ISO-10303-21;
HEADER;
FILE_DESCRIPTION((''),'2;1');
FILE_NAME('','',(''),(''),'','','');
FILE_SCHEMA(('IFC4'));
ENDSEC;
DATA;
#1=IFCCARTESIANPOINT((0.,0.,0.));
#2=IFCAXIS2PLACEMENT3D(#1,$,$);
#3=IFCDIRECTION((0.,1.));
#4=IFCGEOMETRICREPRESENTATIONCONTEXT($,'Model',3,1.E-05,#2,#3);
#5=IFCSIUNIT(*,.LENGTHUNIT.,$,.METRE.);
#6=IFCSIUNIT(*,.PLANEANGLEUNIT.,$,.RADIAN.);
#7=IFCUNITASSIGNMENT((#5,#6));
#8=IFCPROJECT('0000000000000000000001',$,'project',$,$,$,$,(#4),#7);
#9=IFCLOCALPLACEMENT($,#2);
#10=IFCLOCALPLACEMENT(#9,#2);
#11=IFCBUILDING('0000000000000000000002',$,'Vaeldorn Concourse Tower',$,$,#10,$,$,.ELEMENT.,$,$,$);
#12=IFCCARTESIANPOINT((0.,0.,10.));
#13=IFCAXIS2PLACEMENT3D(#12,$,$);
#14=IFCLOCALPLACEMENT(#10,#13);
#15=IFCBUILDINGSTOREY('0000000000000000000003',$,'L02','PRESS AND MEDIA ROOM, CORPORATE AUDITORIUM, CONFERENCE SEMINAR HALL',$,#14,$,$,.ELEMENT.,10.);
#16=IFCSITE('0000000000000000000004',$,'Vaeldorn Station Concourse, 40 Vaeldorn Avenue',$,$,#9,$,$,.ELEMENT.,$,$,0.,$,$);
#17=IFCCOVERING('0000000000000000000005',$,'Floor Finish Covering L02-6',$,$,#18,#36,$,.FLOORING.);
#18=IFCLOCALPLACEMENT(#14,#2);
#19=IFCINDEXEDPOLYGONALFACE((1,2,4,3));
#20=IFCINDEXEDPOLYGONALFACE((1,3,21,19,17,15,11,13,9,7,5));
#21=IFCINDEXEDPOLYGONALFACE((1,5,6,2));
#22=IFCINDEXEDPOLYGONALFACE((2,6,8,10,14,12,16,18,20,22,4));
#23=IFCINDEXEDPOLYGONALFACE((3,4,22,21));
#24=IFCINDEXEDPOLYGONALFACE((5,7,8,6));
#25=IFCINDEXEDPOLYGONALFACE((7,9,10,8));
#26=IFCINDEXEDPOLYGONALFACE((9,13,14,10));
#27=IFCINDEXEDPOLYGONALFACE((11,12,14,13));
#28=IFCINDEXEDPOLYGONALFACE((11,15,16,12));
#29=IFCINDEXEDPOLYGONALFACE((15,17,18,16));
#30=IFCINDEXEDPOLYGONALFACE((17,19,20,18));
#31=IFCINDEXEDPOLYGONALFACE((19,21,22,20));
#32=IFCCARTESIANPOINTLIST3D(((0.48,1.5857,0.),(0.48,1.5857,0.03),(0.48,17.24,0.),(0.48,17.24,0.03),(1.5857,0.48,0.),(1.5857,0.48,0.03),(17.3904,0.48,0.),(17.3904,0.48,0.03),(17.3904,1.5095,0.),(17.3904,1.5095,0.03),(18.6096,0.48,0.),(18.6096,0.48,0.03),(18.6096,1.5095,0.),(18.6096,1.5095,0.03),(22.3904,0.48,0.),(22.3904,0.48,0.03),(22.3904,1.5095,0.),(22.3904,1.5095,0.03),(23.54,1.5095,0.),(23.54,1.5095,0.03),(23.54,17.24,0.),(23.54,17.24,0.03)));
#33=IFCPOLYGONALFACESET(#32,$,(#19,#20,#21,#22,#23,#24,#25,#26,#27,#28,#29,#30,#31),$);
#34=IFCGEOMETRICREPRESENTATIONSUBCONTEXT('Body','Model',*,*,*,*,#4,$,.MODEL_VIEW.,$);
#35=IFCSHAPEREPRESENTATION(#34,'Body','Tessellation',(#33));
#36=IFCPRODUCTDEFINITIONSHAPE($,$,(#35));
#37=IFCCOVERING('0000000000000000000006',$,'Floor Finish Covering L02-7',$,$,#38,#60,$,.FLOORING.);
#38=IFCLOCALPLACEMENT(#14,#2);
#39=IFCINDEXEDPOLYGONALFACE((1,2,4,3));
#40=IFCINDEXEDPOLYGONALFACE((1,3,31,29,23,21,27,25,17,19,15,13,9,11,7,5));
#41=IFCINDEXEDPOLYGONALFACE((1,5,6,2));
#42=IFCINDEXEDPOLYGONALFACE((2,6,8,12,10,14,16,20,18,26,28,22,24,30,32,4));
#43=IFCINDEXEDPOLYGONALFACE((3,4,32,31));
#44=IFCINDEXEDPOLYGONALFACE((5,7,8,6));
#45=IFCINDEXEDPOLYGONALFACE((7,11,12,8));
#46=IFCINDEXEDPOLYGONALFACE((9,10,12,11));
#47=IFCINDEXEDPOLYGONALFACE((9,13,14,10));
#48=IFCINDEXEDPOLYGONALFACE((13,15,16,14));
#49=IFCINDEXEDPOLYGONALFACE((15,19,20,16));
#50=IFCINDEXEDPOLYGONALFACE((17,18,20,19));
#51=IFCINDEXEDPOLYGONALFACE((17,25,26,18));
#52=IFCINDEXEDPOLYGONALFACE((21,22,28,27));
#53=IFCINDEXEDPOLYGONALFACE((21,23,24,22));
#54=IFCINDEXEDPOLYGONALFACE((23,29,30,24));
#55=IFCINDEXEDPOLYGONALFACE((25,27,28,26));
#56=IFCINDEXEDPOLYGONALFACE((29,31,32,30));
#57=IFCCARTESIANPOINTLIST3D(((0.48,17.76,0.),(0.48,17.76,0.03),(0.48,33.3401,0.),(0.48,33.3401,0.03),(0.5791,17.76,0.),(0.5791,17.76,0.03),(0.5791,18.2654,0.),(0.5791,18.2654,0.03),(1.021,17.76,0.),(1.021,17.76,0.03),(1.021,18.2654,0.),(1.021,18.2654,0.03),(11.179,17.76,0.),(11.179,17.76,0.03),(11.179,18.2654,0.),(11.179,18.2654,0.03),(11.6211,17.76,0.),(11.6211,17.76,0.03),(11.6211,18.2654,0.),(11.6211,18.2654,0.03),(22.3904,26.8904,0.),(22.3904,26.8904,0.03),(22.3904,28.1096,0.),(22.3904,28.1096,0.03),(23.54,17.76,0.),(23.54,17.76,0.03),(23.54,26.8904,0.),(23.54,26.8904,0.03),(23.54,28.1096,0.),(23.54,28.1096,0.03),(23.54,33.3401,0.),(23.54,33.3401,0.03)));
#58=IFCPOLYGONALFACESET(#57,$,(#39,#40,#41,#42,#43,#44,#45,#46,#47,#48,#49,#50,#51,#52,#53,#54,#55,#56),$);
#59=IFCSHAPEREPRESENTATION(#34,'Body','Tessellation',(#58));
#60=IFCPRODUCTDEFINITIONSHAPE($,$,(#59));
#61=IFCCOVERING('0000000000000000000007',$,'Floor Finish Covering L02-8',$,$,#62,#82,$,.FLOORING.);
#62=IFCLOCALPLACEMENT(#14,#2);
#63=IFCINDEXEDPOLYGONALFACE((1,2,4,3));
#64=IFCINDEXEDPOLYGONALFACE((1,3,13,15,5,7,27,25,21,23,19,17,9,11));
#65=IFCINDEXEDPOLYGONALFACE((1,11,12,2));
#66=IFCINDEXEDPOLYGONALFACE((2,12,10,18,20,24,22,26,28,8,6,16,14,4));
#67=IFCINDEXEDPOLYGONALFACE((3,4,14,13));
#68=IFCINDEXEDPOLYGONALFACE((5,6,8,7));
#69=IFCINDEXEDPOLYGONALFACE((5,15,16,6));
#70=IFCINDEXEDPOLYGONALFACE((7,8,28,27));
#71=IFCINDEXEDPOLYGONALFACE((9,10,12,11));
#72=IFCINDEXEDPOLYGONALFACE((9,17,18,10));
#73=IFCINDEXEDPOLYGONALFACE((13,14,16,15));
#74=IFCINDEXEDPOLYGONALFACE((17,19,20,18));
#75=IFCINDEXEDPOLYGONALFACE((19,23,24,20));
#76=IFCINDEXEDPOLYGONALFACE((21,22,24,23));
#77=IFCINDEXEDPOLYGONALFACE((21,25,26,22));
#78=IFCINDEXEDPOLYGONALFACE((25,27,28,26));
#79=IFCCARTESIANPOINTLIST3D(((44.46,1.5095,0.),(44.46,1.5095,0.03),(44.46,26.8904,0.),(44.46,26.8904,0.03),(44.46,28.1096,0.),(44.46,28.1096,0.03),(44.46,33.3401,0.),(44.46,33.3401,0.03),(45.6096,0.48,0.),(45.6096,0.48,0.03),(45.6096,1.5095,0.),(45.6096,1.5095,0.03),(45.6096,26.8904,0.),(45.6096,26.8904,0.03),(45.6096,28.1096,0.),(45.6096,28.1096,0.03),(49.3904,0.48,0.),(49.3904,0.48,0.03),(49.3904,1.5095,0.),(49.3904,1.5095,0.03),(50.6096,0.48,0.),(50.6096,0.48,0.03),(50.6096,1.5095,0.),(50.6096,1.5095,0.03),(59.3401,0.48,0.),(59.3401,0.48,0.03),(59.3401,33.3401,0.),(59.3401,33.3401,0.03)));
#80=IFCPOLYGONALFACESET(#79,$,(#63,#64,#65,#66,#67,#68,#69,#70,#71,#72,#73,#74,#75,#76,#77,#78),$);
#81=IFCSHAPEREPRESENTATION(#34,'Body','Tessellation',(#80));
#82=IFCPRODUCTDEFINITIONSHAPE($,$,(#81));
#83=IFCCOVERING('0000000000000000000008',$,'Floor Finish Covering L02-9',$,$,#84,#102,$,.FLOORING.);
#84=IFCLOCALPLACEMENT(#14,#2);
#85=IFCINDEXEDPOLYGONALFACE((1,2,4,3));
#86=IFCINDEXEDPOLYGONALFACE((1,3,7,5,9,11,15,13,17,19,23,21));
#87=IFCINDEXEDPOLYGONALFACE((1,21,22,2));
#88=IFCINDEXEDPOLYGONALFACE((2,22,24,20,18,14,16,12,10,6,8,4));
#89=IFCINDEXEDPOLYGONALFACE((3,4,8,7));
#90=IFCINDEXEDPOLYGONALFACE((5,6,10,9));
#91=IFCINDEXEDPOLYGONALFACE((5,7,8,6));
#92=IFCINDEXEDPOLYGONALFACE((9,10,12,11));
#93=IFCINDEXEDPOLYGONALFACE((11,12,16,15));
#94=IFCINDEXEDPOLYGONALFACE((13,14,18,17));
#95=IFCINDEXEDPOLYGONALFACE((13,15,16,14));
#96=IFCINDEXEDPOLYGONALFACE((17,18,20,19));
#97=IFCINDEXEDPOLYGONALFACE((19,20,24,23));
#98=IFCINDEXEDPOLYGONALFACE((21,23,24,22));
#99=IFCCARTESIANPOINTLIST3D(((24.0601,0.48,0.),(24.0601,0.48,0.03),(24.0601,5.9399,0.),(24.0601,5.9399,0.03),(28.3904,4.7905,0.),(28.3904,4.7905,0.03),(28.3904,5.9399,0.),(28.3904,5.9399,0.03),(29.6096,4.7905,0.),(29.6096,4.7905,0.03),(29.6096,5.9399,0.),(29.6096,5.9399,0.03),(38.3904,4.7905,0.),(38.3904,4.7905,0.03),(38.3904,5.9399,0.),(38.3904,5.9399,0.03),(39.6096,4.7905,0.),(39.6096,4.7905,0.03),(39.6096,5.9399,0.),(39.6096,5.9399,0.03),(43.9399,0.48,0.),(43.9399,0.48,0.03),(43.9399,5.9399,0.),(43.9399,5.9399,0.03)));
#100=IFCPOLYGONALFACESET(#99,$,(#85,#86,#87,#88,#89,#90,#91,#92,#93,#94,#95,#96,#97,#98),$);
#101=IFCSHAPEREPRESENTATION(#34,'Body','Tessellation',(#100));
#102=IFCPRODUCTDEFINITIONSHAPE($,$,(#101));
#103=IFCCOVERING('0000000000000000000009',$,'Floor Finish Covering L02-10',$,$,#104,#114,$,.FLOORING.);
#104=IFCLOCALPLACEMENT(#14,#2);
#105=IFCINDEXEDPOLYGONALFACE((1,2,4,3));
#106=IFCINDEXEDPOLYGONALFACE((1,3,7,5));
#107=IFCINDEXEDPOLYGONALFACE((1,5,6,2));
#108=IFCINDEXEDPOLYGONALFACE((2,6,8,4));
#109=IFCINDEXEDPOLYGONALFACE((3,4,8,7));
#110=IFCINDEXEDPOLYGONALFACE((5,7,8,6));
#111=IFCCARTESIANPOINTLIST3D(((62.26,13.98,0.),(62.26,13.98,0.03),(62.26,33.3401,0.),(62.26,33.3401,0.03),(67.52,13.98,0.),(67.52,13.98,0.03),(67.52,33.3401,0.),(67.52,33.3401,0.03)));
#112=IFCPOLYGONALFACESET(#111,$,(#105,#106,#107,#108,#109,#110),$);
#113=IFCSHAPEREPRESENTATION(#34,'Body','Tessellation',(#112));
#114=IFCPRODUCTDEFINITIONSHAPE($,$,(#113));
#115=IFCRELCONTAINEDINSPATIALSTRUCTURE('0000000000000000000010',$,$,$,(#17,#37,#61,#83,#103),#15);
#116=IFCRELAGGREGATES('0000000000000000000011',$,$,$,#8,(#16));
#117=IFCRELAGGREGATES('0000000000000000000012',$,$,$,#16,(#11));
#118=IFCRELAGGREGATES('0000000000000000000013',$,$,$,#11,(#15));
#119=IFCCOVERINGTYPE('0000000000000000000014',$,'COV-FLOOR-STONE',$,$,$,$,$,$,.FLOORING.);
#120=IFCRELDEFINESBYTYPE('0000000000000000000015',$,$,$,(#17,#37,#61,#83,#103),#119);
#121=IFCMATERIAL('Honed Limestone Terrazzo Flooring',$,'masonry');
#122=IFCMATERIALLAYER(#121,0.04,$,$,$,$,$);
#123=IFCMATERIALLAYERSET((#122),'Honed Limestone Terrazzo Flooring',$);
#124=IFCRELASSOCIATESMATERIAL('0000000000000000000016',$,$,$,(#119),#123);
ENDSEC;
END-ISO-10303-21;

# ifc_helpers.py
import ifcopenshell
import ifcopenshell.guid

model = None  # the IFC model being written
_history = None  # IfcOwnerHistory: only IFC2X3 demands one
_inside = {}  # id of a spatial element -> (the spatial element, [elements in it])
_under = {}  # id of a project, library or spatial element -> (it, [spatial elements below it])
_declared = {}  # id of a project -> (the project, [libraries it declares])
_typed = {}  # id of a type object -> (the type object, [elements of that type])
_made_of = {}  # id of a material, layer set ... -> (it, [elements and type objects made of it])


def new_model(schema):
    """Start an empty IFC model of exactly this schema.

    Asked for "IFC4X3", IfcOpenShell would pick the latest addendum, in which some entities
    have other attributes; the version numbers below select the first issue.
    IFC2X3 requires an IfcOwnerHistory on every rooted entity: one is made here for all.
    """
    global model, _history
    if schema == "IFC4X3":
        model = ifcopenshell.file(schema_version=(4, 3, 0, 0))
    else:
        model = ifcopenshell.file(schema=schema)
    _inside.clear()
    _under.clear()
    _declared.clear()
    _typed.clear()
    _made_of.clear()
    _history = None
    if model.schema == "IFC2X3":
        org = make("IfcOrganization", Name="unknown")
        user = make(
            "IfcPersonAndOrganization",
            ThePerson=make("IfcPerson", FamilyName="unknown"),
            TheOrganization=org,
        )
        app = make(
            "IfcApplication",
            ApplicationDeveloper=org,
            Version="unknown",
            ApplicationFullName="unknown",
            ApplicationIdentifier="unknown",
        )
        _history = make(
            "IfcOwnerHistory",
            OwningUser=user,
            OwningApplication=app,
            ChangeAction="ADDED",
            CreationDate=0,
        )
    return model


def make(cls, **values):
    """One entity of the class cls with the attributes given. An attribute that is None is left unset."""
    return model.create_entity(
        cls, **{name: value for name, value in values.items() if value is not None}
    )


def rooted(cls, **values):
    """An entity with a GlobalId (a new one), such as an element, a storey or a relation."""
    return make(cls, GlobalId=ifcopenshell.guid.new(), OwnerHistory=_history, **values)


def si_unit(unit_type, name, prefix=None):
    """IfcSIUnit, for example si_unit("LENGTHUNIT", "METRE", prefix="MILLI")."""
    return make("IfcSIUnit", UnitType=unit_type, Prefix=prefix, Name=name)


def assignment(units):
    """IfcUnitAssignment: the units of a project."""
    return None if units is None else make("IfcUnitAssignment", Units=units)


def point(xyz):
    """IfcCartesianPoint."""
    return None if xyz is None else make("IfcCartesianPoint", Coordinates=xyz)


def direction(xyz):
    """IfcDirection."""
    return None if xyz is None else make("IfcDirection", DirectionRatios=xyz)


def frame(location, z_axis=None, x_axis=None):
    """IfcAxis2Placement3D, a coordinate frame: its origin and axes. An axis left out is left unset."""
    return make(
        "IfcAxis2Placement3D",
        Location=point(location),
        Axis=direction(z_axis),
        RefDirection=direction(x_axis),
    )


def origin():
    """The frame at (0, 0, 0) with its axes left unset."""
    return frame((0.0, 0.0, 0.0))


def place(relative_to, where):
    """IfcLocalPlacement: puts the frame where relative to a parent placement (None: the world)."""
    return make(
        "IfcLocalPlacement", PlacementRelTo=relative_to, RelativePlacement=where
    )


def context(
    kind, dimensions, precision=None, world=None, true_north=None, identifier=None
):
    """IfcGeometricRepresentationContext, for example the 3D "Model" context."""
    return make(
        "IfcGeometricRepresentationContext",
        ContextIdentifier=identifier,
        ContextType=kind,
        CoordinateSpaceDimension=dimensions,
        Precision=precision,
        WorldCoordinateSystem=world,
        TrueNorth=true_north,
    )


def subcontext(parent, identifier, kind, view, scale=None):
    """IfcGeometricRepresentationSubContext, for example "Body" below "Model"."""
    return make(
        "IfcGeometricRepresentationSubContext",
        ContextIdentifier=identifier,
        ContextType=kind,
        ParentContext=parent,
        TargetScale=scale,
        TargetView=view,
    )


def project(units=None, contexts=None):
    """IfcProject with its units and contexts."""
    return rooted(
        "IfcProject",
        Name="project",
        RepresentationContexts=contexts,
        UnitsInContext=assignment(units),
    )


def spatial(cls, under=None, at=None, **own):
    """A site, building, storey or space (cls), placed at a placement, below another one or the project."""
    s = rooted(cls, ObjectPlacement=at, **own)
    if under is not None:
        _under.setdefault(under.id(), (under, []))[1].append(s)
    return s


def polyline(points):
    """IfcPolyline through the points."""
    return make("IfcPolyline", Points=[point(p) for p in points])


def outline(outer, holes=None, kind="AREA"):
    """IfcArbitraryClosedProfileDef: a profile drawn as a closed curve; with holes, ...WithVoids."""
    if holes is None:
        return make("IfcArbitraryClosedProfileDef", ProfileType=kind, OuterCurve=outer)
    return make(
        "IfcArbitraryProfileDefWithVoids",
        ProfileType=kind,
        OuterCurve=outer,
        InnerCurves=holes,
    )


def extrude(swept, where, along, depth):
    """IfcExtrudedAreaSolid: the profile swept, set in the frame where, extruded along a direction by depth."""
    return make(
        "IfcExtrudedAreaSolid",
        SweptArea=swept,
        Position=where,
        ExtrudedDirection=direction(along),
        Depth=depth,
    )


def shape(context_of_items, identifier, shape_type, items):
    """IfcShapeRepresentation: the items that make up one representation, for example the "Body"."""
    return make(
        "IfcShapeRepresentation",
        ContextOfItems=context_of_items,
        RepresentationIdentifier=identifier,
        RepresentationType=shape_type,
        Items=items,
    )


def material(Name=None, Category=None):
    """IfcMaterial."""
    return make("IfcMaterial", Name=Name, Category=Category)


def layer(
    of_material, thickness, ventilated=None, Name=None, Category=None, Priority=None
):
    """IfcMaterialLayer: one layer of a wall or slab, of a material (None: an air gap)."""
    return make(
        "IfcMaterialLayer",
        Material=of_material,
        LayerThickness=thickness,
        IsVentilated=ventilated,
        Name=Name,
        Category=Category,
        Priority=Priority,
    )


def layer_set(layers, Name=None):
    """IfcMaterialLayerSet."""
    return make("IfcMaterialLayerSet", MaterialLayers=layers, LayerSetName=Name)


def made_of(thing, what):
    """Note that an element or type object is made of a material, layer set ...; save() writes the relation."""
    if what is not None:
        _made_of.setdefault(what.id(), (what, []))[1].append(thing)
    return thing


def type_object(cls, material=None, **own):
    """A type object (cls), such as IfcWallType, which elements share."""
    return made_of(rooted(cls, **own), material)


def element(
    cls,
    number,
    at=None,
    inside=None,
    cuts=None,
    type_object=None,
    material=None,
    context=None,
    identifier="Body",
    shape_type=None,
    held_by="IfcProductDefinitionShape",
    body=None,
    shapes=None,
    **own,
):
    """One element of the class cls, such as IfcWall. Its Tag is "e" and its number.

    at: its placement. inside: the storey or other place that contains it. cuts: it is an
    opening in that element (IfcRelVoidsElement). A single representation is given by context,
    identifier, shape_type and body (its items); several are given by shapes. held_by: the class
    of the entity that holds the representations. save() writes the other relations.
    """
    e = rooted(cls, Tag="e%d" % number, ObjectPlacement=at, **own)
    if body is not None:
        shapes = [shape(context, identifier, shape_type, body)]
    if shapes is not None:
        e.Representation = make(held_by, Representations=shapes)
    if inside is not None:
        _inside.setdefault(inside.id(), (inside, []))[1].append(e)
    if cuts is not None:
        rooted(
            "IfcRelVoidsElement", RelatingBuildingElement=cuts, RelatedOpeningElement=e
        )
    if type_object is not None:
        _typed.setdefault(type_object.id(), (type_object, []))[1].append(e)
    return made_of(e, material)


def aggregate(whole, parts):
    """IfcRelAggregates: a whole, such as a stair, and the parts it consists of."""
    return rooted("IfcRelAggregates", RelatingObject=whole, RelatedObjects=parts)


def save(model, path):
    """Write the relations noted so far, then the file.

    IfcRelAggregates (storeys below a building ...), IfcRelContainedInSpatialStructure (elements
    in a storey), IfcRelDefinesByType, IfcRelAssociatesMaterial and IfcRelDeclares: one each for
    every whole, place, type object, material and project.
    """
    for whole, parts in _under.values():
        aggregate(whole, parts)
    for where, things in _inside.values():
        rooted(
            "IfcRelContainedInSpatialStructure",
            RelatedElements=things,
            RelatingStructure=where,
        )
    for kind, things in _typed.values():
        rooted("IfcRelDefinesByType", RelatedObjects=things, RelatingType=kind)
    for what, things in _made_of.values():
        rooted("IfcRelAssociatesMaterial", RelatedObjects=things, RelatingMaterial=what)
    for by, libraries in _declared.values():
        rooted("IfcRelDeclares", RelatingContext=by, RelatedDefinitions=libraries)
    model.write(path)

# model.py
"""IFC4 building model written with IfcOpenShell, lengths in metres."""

from ifc_helpers import new_model, si_unit, direction, frame, origin, place, context, subcontext, project, spatial, polyline, outline, extrude, material, layer, layer_set, type_object, element, save


model = new_model("IFC4")

# Units and contexts
model_context = context("Model", 3, precision=1e-05, world=origin(), true_north=direction((0.0, 1.0)))
body_context = subcontext(model_context, "Body", "Model", "MODEL_VIEW")
ifc_project = project(units=[si_unit("LENGTHUNIT", "METRE"), si_unit("PLANEANGLEUNIT", "RADIAN")], contexts=[model_context])

# Site, building, storey
site_placement = place(None, origin())
site = spatial("IfcSite", under=ifc_project, at=site_placement, Name="Vaeldorn Station Concourse, 40 Vaeldorn Avenue", CompositionType="ELEMENT", RefElevation=0.0)
building_placement = place(site_placement, origin())
building = spatial("IfcBuilding", under=site, at=building_placement, Name="Vaeldorn Concourse Tower", CompositionType="ELEMENT")
storey_placement = place(building_placement, frame((0.0, 0.0, 10.0)))
storey = spatial("IfcBuildingStorey", under=building, at=storey_placement, Name="L02", Description="PRESS AND MEDIA ROOM, CORPORATE AUDITORIUM, CONFERENCE SEMINAR HALL", CompositionType="ELEMENT", Elevation=10.0)

# Coverings
ifc_material_1 = material(Name="Honed Limestone Terrazzo Flooring", Category="masonry")
ifc_layer_1 = layer(ifc_material_1, 0.04)
ifc_layer_set_1 = layer_set([ifc_layer_1], Name="Honed Limestone Terrazzo Flooring")
covering_type_1 = type_object("IfcCoveringType", Name="COV-FLOOR-STONE", PredefinedType="FLOORING", material=ifc_layer_set_1)
covering_1_placement = place(storey_placement, origin())
element("IfcCovering", 1, at=covering_1_placement, inside=storey, type_object=covering_type_1, Name="Floor Finish Covering L02-6", PredefinedType="FLOORING", context=body_context, shape_type="SweptSolid", body=[
    extrude(outline(polyline([(0.48, 17.24), (23.54, 17.24), (23.54, 1.5095), (22.3904, 1.5095), (22.3904, 0.48), (18.6096, 0.48), (18.6096, 1.5095), (17.3904, 1.5095), (17.3904, 0.48), (1.5857, 0.48), (0.48, 1.5857), (0.48, 17.24)])), origin(), (0.0, 0.0, 1.0), 0.03),
])
covering_2_placement = place(storey_placement, origin())
element("IfcCovering", 2, at=covering_2_placement, inside=storey, type_object=covering_type_1, Name="Floor Finish Covering L02-7", PredefinedType="FLOORING", context=body_context, shape_type="SweptSolid", body=[
    extrude(outline(polyline([(0.48, 33.3401), (23.54, 33.3401), (23.54, 28.1096), (22.3904, 28.1096), (22.3904, 26.8904), (23.54, 26.8904), (23.54, 17.76), (11.6211, 17.76), (11.6211, 18.2654), (11.179, 18.2654), (11.179, 17.76), (1.021, 17.76), (1.021, 18.2654), (0.5791, 18.2654), (0.5791, 17.76), (0.48, 17.76), (0.48, 33.3401)])), origin(), (0.0, 0.0, 1.0), 0.03),
])
covering_3_placement = place(storey_placement, origin())
element("IfcCovering", 3, at=covering_3_placement, inside=storey, type_object=covering_type_1, Name="Floor Finish Covering L02-8", PredefinedType="FLOORING", context=body_context, shape_type="SweptSolid", body=[
    extrude(outline(polyline([(44.46, 26.8904), (45.6096, 26.8904), (45.6096, 28.1096), (44.46, 28.1096), (44.46, 33.3401), (59.3401, 33.3401), (59.3401, 0.48), (50.6096, 0.48), (50.6096, 1.5095), (49.3904, 1.5095), (49.3904, 0.48), (45.6096, 0.48), (45.6096, 1.5095), (44.46, 1.5095), (44.46, 26.8904)])), origin(), (0.0, 0.0, 1.0), 0.03),
])
covering_4_placement = place(storey_placement, origin())
element("IfcCovering", 4, at=covering_4_placement, inside=storey, type_object=covering_type_1, Name="Floor Finish Covering L02-9", PredefinedType="FLOORING", context=body_context, shape_type="SweptSolid", body=[
    extrude(outline(polyline([(24.0601, 5.9399), (28.3904, 5.9399), (28.3904, 4.7905), (29.6096, 4.7905), (29.6096, 5.9399), (38.3904, 5.9399), (38.3904, 4.7905), (39.6096, 4.7905), (39.6096, 5.9399), (43.9399, 5.9399), (43.9399, 0.48), (24.0601, 0.48), (24.0601, 5.9399)])), origin(), (0.0, 0.0, 1.0), 0.03),
])
covering_5_placement = place(storey_placement, origin())
element("IfcCovering", 5, at=covering_5_placement, inside=storey, type_object=covering_type_1, Name="Floor Finish Covering L02-10", PredefinedType="FLOORING", context=body_context, shape_type="SweptSolid", body=[
    extrude(outline(polyline([(62.26, 33.3401), (67.52, 33.3401), (67.52, 13.98), (62.26, 13.98), (62.26, 33.3401)])), origin(), (0.0, 0.0, 1.0), 0.03),
])

save(model, "model.ifc")
